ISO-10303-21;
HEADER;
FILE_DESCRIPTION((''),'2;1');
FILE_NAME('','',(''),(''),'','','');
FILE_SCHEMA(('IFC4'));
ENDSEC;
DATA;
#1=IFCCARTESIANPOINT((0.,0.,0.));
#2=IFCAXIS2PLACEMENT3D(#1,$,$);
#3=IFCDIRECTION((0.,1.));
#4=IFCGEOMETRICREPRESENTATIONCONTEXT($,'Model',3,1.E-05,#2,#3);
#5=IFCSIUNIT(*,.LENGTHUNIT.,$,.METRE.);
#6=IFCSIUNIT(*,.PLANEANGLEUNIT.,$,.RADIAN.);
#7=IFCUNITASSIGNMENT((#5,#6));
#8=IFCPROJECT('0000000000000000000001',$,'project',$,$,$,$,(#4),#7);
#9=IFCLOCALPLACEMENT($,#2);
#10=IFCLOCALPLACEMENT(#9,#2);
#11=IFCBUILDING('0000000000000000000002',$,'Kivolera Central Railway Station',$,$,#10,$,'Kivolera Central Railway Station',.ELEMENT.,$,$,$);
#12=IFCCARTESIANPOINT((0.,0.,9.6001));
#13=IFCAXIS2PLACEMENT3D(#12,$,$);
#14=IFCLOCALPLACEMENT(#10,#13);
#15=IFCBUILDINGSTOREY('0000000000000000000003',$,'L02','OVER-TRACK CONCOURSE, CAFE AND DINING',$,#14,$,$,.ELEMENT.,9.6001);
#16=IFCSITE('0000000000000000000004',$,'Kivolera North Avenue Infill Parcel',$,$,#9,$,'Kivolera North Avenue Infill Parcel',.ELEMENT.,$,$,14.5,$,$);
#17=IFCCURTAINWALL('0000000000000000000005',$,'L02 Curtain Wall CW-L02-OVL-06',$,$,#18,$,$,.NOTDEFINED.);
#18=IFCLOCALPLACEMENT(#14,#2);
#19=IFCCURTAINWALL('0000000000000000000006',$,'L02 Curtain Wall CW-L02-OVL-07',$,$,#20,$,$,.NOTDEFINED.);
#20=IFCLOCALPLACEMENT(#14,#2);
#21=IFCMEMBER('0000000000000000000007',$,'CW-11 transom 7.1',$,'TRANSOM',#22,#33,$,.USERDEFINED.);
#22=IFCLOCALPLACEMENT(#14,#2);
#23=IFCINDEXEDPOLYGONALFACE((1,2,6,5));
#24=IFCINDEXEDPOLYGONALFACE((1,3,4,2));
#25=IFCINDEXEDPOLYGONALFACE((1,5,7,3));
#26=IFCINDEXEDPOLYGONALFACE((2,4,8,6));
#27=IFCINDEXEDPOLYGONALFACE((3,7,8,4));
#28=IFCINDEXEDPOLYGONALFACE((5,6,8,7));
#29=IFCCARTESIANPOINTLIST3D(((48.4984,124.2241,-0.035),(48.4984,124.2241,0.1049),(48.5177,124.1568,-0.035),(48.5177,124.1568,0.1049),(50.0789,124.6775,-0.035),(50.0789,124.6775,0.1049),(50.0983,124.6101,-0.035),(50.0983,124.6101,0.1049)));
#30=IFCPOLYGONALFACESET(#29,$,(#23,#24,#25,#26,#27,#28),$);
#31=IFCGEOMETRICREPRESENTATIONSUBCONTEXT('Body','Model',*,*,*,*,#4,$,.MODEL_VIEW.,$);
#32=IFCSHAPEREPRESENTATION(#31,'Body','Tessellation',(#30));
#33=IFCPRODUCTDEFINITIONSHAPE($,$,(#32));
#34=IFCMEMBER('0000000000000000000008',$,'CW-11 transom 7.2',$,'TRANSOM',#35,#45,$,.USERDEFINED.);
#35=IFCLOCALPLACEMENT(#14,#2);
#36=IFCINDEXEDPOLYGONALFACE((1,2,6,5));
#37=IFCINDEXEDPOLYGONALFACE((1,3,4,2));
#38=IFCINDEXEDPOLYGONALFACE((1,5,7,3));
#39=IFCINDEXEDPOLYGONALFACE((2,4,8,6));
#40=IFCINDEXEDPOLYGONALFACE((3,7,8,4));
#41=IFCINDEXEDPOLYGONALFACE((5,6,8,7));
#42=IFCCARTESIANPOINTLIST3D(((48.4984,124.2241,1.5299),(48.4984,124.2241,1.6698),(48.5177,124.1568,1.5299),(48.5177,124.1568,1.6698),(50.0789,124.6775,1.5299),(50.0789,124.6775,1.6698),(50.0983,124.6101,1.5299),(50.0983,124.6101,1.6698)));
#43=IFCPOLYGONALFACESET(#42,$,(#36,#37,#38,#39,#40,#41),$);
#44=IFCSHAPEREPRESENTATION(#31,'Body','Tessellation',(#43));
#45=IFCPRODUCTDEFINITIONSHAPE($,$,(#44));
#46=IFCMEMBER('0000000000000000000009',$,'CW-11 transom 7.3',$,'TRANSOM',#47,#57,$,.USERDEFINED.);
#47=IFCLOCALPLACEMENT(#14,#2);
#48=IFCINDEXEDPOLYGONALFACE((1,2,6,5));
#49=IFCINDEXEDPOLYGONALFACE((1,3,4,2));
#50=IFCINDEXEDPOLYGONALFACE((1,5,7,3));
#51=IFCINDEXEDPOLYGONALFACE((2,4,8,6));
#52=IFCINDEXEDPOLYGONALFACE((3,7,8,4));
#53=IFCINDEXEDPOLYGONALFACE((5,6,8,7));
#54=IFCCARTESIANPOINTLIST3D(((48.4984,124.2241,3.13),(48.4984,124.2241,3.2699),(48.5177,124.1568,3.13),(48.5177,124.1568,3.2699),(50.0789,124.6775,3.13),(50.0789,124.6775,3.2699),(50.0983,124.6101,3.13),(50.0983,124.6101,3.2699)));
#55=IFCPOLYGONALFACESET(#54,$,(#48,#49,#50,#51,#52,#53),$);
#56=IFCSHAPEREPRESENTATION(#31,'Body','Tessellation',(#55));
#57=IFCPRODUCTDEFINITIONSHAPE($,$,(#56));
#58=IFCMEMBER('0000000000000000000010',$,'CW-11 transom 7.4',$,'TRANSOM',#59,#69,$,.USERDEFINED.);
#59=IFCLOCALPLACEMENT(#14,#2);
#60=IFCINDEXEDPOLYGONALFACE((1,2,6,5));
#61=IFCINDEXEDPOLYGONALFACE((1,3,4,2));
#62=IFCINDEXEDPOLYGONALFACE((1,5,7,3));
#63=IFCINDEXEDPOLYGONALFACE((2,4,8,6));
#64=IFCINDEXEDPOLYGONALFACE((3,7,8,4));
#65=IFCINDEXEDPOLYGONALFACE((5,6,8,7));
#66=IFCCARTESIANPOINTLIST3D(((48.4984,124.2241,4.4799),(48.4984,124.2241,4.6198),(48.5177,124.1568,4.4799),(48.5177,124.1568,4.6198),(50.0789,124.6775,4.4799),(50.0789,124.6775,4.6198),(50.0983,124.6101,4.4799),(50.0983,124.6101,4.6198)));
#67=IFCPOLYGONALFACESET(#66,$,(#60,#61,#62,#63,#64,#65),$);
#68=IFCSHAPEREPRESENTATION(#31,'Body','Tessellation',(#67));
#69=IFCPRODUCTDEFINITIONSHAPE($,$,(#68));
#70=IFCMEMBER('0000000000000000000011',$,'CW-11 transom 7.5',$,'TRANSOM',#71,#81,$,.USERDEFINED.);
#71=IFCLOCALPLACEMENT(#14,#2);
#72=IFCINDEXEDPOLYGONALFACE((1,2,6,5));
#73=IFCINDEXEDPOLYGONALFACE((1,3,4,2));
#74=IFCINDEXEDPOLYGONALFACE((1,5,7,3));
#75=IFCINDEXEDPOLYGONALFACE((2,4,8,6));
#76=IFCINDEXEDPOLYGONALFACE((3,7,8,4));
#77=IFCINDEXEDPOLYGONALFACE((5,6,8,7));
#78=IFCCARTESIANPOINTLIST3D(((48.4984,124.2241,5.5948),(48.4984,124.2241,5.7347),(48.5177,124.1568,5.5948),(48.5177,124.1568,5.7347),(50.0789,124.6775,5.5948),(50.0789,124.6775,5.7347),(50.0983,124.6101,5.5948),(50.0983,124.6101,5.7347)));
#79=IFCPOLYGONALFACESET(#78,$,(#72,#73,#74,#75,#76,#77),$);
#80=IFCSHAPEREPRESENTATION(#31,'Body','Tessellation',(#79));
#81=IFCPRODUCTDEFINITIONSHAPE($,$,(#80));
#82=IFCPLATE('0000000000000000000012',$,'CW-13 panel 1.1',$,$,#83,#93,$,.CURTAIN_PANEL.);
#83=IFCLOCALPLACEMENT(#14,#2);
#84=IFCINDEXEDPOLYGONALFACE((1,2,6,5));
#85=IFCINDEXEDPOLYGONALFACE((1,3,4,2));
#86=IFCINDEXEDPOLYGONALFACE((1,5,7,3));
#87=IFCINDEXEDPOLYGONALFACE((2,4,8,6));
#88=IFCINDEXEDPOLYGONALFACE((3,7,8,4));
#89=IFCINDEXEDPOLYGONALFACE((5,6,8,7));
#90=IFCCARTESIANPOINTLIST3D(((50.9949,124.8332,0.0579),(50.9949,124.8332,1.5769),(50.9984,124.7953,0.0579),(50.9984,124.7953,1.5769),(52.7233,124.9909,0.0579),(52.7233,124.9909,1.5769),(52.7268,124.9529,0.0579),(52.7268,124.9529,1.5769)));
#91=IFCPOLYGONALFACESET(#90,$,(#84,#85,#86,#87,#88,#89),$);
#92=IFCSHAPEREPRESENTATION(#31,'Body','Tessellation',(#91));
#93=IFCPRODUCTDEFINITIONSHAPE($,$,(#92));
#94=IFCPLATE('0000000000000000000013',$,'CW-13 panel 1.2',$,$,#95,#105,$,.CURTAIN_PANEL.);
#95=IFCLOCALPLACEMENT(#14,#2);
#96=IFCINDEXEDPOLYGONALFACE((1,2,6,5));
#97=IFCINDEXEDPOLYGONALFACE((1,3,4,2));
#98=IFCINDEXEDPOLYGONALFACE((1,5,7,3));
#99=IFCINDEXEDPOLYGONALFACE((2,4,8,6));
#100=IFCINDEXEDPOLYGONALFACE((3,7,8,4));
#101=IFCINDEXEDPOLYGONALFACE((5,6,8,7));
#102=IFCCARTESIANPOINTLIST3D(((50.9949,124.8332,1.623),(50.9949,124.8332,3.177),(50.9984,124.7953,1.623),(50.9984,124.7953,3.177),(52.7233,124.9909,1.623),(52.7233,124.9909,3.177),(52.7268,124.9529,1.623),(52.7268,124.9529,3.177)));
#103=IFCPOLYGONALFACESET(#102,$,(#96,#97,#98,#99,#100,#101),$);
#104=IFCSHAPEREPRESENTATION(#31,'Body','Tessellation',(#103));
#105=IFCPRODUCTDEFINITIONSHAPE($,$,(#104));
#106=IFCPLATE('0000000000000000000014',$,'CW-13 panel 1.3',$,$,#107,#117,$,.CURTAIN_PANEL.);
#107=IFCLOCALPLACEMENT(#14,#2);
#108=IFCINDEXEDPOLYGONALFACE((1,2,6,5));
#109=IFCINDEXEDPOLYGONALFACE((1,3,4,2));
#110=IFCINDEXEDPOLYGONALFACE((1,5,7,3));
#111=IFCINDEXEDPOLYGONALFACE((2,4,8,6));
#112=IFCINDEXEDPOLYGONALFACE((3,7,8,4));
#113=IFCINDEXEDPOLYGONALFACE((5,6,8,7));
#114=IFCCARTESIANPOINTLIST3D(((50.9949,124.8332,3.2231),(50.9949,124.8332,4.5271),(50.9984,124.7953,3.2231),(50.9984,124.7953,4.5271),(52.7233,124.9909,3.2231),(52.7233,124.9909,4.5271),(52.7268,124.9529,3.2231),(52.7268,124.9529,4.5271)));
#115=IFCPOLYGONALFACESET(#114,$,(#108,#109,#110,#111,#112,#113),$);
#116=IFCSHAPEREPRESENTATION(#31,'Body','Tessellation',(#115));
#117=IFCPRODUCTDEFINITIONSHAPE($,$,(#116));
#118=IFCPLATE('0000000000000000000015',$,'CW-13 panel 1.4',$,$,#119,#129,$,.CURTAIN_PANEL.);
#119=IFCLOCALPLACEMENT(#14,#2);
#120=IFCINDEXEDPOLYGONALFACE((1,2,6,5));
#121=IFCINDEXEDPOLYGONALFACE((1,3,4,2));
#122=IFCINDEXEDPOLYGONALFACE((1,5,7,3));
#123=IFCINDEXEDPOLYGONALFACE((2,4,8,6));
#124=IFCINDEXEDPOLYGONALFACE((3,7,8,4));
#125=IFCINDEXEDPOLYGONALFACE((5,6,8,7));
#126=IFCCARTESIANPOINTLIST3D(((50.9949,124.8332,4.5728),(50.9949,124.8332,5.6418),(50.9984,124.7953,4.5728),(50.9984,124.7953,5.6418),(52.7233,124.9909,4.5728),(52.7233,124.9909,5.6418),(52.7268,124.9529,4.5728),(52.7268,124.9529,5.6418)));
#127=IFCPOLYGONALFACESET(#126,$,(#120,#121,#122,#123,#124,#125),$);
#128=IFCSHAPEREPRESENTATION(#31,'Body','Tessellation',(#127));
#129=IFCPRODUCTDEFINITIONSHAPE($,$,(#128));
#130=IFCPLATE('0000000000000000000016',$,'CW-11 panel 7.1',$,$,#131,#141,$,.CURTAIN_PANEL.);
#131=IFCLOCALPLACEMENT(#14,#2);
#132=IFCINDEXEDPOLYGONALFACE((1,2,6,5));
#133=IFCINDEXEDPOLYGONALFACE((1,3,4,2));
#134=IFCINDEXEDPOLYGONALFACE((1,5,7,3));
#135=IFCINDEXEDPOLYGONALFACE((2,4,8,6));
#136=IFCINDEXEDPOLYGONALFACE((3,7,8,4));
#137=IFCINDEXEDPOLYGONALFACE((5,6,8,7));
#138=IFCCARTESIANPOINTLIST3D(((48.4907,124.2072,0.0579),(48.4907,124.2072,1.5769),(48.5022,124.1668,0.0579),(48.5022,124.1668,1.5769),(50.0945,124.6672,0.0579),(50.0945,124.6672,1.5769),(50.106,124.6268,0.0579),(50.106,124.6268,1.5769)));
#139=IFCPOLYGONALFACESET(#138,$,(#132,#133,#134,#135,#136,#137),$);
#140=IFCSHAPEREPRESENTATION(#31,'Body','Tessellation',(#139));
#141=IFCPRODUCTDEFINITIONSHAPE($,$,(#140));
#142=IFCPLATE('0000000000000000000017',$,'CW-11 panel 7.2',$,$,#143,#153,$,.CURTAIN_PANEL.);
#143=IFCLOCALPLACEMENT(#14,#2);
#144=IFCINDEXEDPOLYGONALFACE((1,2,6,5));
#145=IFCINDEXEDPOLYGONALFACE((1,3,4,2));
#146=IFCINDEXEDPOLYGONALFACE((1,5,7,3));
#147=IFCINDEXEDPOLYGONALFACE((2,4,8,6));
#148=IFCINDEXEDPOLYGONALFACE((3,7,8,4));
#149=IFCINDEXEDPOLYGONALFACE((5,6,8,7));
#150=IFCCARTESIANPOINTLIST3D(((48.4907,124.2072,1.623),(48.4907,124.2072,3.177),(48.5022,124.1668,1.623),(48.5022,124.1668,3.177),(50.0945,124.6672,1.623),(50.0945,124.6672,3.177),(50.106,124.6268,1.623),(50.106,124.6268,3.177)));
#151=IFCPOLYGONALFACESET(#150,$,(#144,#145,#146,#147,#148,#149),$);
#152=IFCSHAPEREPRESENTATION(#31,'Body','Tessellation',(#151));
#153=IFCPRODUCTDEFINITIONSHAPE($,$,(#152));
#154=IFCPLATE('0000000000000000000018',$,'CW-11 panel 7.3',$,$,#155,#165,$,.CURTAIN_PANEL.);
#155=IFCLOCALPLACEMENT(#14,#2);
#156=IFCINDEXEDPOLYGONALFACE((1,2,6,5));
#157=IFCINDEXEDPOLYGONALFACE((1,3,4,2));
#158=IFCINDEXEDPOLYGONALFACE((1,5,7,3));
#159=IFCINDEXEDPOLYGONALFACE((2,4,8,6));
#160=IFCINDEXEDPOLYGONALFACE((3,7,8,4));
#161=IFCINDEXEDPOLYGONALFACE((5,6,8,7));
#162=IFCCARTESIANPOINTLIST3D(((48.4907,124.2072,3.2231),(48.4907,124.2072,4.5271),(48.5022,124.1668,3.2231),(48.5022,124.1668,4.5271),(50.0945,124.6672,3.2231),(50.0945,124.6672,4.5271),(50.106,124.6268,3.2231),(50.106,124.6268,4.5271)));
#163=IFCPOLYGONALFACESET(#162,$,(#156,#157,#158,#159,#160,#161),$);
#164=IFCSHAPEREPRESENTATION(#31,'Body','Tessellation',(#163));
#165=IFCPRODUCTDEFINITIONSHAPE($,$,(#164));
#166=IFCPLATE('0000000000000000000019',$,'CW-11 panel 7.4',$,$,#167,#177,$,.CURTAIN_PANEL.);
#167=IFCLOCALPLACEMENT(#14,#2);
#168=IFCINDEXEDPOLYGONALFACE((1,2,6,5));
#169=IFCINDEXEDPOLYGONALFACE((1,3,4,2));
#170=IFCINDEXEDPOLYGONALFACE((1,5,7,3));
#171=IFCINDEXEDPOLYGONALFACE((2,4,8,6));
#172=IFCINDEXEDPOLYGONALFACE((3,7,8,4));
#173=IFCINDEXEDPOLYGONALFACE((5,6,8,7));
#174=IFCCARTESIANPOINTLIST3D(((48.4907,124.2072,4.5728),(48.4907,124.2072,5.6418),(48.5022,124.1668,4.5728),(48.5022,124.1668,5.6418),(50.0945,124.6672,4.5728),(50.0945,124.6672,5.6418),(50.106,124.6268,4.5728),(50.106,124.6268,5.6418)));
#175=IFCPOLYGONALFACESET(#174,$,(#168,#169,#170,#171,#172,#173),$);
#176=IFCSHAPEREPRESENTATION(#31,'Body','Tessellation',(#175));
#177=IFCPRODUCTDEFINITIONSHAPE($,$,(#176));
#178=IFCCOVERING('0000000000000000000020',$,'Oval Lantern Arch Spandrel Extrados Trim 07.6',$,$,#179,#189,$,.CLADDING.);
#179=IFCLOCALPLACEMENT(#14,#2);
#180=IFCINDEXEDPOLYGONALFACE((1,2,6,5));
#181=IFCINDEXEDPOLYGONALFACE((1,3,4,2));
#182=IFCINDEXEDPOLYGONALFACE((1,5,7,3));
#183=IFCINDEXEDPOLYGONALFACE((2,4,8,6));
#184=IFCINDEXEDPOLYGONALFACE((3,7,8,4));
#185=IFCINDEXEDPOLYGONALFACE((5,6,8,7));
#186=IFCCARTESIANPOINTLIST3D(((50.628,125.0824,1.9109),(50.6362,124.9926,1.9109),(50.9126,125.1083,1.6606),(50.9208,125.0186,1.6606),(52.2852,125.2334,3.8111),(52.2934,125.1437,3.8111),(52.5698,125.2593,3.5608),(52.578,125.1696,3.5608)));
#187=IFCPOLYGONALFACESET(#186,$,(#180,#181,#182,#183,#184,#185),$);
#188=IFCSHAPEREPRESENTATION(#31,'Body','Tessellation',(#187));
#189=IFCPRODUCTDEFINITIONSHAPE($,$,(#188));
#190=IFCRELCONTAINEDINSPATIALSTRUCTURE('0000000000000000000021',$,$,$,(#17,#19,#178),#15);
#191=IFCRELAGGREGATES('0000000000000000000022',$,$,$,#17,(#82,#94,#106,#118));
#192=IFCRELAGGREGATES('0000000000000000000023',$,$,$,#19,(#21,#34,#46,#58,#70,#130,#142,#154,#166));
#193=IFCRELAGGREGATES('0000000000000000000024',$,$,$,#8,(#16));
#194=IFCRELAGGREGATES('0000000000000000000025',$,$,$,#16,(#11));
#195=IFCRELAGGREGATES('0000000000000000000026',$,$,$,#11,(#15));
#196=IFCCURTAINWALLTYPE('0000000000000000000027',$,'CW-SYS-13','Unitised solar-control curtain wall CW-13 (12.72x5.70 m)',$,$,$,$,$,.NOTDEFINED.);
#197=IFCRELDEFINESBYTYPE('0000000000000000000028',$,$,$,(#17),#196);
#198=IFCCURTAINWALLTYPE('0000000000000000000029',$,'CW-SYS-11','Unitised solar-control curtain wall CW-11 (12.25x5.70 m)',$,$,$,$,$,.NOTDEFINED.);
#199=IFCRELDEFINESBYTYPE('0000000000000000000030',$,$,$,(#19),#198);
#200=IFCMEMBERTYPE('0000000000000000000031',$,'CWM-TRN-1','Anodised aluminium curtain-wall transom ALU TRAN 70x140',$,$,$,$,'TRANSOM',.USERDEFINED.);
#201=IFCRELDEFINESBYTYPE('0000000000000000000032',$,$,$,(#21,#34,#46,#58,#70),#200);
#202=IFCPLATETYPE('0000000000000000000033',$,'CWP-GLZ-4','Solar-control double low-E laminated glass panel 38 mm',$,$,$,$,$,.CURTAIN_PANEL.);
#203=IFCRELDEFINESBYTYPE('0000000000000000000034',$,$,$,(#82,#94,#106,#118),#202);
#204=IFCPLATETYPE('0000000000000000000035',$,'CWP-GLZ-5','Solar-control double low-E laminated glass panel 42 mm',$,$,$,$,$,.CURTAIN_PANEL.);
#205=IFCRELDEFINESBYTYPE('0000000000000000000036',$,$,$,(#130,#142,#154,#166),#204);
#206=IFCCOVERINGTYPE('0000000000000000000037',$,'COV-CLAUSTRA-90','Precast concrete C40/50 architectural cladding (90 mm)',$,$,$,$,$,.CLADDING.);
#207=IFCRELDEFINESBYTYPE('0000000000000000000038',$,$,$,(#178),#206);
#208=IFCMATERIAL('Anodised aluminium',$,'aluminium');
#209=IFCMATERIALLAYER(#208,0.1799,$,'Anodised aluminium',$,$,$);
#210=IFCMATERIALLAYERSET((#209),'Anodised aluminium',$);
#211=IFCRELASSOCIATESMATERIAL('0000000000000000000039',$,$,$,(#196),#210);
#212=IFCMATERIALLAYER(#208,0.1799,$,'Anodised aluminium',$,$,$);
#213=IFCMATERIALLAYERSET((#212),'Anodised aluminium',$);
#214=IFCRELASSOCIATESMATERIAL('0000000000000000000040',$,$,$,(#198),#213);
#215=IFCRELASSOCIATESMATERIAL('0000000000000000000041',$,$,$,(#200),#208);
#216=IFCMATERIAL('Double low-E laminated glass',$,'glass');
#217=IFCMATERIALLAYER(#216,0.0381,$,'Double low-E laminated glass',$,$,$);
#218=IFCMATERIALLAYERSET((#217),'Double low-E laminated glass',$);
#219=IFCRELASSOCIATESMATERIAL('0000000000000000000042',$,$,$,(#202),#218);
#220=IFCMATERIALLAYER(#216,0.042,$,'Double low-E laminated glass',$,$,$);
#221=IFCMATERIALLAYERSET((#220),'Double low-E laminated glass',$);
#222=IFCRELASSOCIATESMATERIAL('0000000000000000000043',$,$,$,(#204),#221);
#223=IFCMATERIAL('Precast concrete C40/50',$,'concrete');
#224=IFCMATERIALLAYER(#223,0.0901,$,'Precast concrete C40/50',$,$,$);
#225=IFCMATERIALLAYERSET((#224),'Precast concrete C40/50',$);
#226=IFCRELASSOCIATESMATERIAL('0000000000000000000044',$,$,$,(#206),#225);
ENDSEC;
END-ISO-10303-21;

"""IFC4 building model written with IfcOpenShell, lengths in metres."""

from ifc_helpers import new_model, si_unit, direction, frame, origin, origin_2d, place, context, subcontext, project, spatial, rectangle, extrude, material, layer, layer_set, material_profile, profile_set, type_object, element, aggregate, save


model = new_model("IFC4")

# Units and contexts
model_context = context("Model", 3, precision=1e-05, world=origin(), true_north=direction((0.0, 1.0)))
body_context = subcontext(model_context, "Body", "Model", "MODEL_VIEW")
ifc_project = project(units=[si_unit("LENGTHUNIT", "METRE"), si_unit("PLANEANGLEUNIT", "RADIAN")], contexts=[model_context])

# Site, building, storey
site_placement = place(None, origin())
site = spatial("IfcSite", under=ifc_project, at=site_placement, Name="Kivolera North Avenue Infill Parcel", LongName="Kivolera North Avenue Infill Parcel", CompositionType="ELEMENT", RefElevation=14.5)
building_placement = place(site_placement, origin())
building = spatial("IfcBuilding", under=site, at=building_placement, Name="Kivolera Central Railway Station", LongName="Kivolera Central Railway Station", CompositionType="ELEMENT")
storey_placement = place(building_placement, frame((0.0, 0.0, 9.6001)))
storey = spatial("IfcBuildingStorey", under=building, at=storey_placement, Name="L02", Description="OVER-TRACK CONCOURSE, CAFE AND DINING", CompositionType="ELEMENT", Elevation=9.6001)

# Curtain walls
ifc_material_1 = material(Name="Anodised aluminium", Category="aluminium")
ifc_layer_1 = layer(ifc_material_1, 0.1799, Name="Anodised aluminium")
ifc_layer_set_1 = layer_set([ifc_layer_1], Name="Anodised aluminium")
curtain_wall_type_1 = type_object("IfcCurtainWallType", Name="CW-SYS-13", Description="Unitised solar-control curtain wall CW-13 (12.72x5.70 m)", PredefinedType="NOTDEFINED", material=ifc_layer_set_1)
curtain_wall_1_placement = place(storey_placement, origin())
curtain_wall_1 = element("IfcCurtainWall", 1, at=curtain_wall_1_placement, inside=storey, type_object=curtain_wall_type_1, Name="L02 Curtain Wall CW-L02-OVL-06", PredefinedType="NOTDEFINED")
ifc_layer_2 = layer(ifc_material_1, 0.1799, Name="Anodised aluminium")
ifc_layer_set_2 = layer_set([ifc_layer_2], Name="Anodised aluminium")
curtain_wall_type_2 = type_object("IfcCurtainWallType", Name="CW-SYS-11", Description="Unitised solar-control curtain wall CW-11 (12.25x5.70 m)", PredefinedType="NOTDEFINED", material=ifc_layer_set_2)
curtain_wall_2_placement = place(storey_placement, origin())
curtain_wall_2 = element("IfcCurtainWall", 2, at=curtain_wall_2_placement, inside=storey, type_object=curtain_wall_type_2, Name="L02 Curtain Wall CW-L02-OVL-07", PredefinedType="NOTDEFINED")

# Members
ifc_material_profile_1 = material_profile(ifc_material_1, rectangle(XDim=0.0701, YDim=0.1399, at=origin_2d()), Name="ALU TRAN 70x140")
ifc_profile_set_1 = profile_set([ifc_material_profile_1], Name="Anodised aluminium")
member_type_1 = type_object("IfcMemberType", Name="CWM-TRN-1", Description="Anodised aluminium curtain-wall transom ALU TRAN 70x140", ElementType="TRANSOM", PredefinedType="USERDEFINED", material=ifc_profile_set_1)
member_1_placement = place(storey_placement, frame((48.5081, 124.1904, 0.0349), z_axis=(0.961238, 0.275721, 0.0), x_axis=(-0.275721, 0.961238, 0.0)))
member_1 = element("IfcMember", 3, at=member_1_placement, type_object=member_type_1, Name="CW-11 transom 7.1", ObjectType="TRANSOM", PredefinedType="USERDEFINED", context=body_context, shape_type="SweptSolid", body=[
    extrude(rectangle(XDim=0.0701, YDim=0.1399, at=origin_2d()), origin(), (0.0, 0.0, 1.0), 1.6443),
])
member_2_placement = place(storey_placement, frame((48.5081, 124.1904, 1.5999), z_axis=(0.961238, 0.275721, 0.0), x_axis=(-0.275721, 0.961238, 0.0)))
member_2 = element("IfcMember", 4, at=member_2_placement, type_object=member_type_1, Name="CW-11 transom 7.2", ObjectType="TRANSOM", PredefinedType="USERDEFINED", context=body_context, shape_type="SweptSolid", body=[
    extrude(rectangle(XDim=0.0701, YDim=0.1399, at=origin_2d()), origin(), (0.0, 0.0, 1.0), 1.6443),
])
member_3_placement = place(storey_placement, frame((48.5081, 124.1904, 3.2), z_axis=(0.961238, 0.275721, 0.0), x_axis=(-0.275721, 0.961238, 0.0)))
member_3 = element("IfcMember", 5, at=member_3_placement, type_object=member_type_1, Name="CW-11 transom 7.3", ObjectType="TRANSOM", PredefinedType="USERDEFINED", context=body_context, shape_type="SweptSolid", body=[
    extrude(rectangle(XDim=0.0701, YDim=0.1399, at=origin_2d()), origin(), (0.0, 0.0, 1.0), 1.6443),
])
member_4_placement = place(storey_placement, frame((48.5081, 124.1904, 4.5498), z_axis=(0.961238, 0.275721, 0.0), x_axis=(-0.275721, 0.961238, 0.0)))
member_4 = element("IfcMember", 6, at=member_4_placement, type_object=member_type_1, Name="CW-11 transom 7.4", ObjectType="TRANSOM", PredefinedType="USERDEFINED", context=body_context, shape_type="SweptSolid", body=[
    extrude(rectangle(XDim=0.0701, YDim=0.1399, at=origin_2d()), origin(), (0.0, 0.0, 1.0), 1.6443),
])
member_5_placement = place(storey_placement, frame((48.5081, 124.1904, 5.6648), z_axis=(0.961238, 0.275721, 0.0), x_axis=(-0.275721, 0.961238, 0.0)))
member_5 = element("IfcMember", 7, at=member_5_placement, type_object=member_type_1, Name="CW-11 transom 7.5", ObjectType="TRANSOM", PredefinedType="USERDEFINED", context=body_context, shape_type="SweptSolid", body=[
    extrude(rectangle(XDim=0.0701, YDim=0.1399, at=origin_2d()), origin(), (0.0, 0.0, 1.0), 1.6443),
])

# Plates
ifc_material_2 = material(Name="Double low-E laminated glass", Category="glass")
ifc_layer_3 = layer(ifc_material_2, 0.0381, Name="Double low-E laminated glass")
ifc_layer_set_3 = layer_set([ifc_layer_3], Name="Double low-E laminated glass")
plate_type_1 = type_object("IfcPlateType", Name="CWP-GLZ-4", Description="Solar-control double low-E laminated glass panel 38 mm", PredefinedType="CURTAIN_PANEL", material=ifc_layer_set_3)
plate_1_placement = place(storey_placement, frame((51.8608, 124.8931, 0.0579), z_axis=(0.0, 0.0, 1.0), x_axis=(0.995866, 0.090834, 0.0)))
plate_1 = element("IfcPlate", 8, at=plate_1_placement, type_object=plate_type_1, Name="CW-13 panel 1.1", PredefinedType="CURTAIN_PANEL", context=body_context, shape_type="SweptSolid", body=[
    extrude(rectangle(XDim=1.7356, YDim=0.0381, at=origin_2d()), origin(), (0.0, 0.0, 1.0), 1.519),
])
plate_2_placement = place(storey_placement, frame((51.8608, 124.8931, 1.623), z_axis=(0.0, 0.0, 1.0), x_axis=(0.995866, 0.090834, 0.0)))
plate_2 = element("IfcPlate", 9, at=plate_2_placement, type_object=plate_type_1, Name="CW-13 panel 1.2", PredefinedType="CURTAIN_PANEL", context=body_context, shape_type="SweptSolid", body=[
    extrude(rectangle(XDim=1.7356, YDim=0.0381, at=origin_2d()), origin(), (0.0, 0.0, 1.0), 1.554),
])
plate_3_placement = place(storey_placement, frame((51.8608, 124.8931, 3.2231), z_axis=(0.0, 0.0, 1.0), x_axis=(0.995866, 0.090834, 0.0)))
plate_3 = element("IfcPlate", 10, at=plate_3_placement, type_object=plate_type_1, Name="CW-13 panel 1.3", PredefinedType="CURTAIN_PANEL", context=body_context, shape_type="SweptSolid", body=[
    extrude(rectangle(XDim=1.7356, YDim=0.0381, at=origin_2d()), origin(), (0.0, 0.0, 1.0), 1.304),
])
plate_4_placement = place(storey_placement, frame((51.8608, 124.8931, 4.5728), z_axis=(0.0, 0.0, 1.0), x_axis=(0.995866, 0.090834, 0.0)))
plate_4 = element("IfcPlate", 11, at=plate_4_placement, type_object=plate_type_1, Name="CW-13 panel 1.4", PredefinedType="CURTAIN_PANEL", context=body_context, shape_type="SweptSolid", body=[
    extrude(rectangle(XDim=1.7356, YDim=0.0381, at=origin_2d()), origin(), (0.0, 0.0, 1.0), 1.0691),
])
aggregate(curtain_wall_1, [plate_1, plate_2, plate_3, plate_4])
ifc_layer_4 = layer(ifc_material_2, 0.042, Name="Double low-E laminated glass")
ifc_layer_set_4 = layer_set([ifc_layer_4], Name="Double low-E laminated glass")
plate_type_2 = type_object("IfcPlateType", Name="CWP-GLZ-5", Description="Solar-control double low-E laminated glass panel 42 mm", PredefinedType="CURTAIN_PANEL", material=ifc_layer_set_4)
plate_5_placement = place(storey_placement, frame((49.2983, 124.417, 0.0579), z_axis=(0.0, 0.0, 1.0), x_axis=(0.961246, 0.275692, 0.0)))
plate_5 = element("IfcPlate", 12, at=plate_5_placement, type_object=plate_type_2, Name="CW-11 panel 7.1", PredefinedType="CURTAIN_PANEL", context=body_context, shape_type="SweptSolid", body=[
    extrude(rectangle(XDim=1.6685, YDim=0.042, at=origin_2d()), origin(), (0.0, 0.0, 1.0), 1.519),
])
plate_6_placement = place(storey_placement, frame((49.2983, 124.417, 1.623), z_axis=(0.0, 0.0, 1.0), x_axis=(0.961246, 0.275692, 0.0)))
plate_6 = element("IfcPlate", 13, at=plate_6_placement, type_object=plate_type_2, Name="CW-11 panel 7.2", PredefinedType="CURTAIN_PANEL", context=body_context, shape_type="SweptSolid", body=[
    extrude(rectangle(XDim=1.6685, YDim=0.042, at=origin_2d()), origin(), (0.0, 0.0, 1.0), 1.554),
])
plate_7_placement = place(storey_placement, frame((49.2983, 124.417, 3.2231), z_axis=(0.0, 0.0, 1.0), x_axis=(0.961246, 0.275692, 0.0)))
plate_7 = element("IfcPlate", 14, at=plate_7_placement, type_object=plate_type_2, Name="CW-11 panel 7.3", PredefinedType="CURTAIN_PANEL", context=body_context, shape_type="SweptSolid", body=[
    extrude(rectangle(XDim=1.6685, YDim=0.042, at=origin_2d()), origin(), (0.0, 0.0, 1.0), 1.304),
])
plate_8_placement = place(storey_placement, frame((49.2983, 124.417, 4.5728), z_axis=(0.0, 0.0, 1.0), x_axis=(0.961246, 0.275692, 0.0)))
plate_8 = element("IfcPlate", 15, at=plate_8_placement, type_object=plate_type_2, Name="CW-11 panel 7.4", PredefinedType="CURTAIN_PANEL", context=body_context, shape_type="SweptSolid", body=[
    extrude(rectangle(XDim=1.6685, YDim=0.042, at=origin_2d()), origin(), (0.0, 0.0, 1.0), 1.0691),
])
aggregate(curtain_wall_2, [member_1, member_2, member_3, member_4, member_5, plate_5, plate_6, plate_7, plate_8])

# Covering
ifc_material_3 = material(Name="Precast concrete C40/50", Category="concrete")
ifc_layer_5 = layer(ifc_material_3, 0.0901, Name="Precast concrete C40/50")
ifc_layer_set_5 = layer_set([ifc_layer_5], Name="Precast concrete C40/50")
covering_type = type_object("IfcCoveringType", Name="COV-CLAUSTRA-90", Description="Precast concrete C40/50 architectural cladding (90 mm)", PredefinedType="CLADDING", material=ifc_layer_set_5)
covering_1_placement = place(storey_placement, frame((51.603, 125.126, 2.7358), z_axis=(-0.656092, -0.059789, -0.752309), x_axis=(-0.090789, 0.99587, 0.0)))
element("IfcCovering", 16, at=covering_1_placement, inside=storey, type_object=covering_type, Name="Oval Lantern Arch Spandrel Extrados Trim 07.6", PredefinedType="CLADDING", context=body_context, shape_type="SweptSolid", body=[
    extrude(rectangle(XDim=0.0901, YDim=0.3799, at=origin_2d()), frame((0.0, 0.0, -1.2629)), (0.0, 0.0, 1.0), 2.5259),
])

save(model, "model.ifc")
